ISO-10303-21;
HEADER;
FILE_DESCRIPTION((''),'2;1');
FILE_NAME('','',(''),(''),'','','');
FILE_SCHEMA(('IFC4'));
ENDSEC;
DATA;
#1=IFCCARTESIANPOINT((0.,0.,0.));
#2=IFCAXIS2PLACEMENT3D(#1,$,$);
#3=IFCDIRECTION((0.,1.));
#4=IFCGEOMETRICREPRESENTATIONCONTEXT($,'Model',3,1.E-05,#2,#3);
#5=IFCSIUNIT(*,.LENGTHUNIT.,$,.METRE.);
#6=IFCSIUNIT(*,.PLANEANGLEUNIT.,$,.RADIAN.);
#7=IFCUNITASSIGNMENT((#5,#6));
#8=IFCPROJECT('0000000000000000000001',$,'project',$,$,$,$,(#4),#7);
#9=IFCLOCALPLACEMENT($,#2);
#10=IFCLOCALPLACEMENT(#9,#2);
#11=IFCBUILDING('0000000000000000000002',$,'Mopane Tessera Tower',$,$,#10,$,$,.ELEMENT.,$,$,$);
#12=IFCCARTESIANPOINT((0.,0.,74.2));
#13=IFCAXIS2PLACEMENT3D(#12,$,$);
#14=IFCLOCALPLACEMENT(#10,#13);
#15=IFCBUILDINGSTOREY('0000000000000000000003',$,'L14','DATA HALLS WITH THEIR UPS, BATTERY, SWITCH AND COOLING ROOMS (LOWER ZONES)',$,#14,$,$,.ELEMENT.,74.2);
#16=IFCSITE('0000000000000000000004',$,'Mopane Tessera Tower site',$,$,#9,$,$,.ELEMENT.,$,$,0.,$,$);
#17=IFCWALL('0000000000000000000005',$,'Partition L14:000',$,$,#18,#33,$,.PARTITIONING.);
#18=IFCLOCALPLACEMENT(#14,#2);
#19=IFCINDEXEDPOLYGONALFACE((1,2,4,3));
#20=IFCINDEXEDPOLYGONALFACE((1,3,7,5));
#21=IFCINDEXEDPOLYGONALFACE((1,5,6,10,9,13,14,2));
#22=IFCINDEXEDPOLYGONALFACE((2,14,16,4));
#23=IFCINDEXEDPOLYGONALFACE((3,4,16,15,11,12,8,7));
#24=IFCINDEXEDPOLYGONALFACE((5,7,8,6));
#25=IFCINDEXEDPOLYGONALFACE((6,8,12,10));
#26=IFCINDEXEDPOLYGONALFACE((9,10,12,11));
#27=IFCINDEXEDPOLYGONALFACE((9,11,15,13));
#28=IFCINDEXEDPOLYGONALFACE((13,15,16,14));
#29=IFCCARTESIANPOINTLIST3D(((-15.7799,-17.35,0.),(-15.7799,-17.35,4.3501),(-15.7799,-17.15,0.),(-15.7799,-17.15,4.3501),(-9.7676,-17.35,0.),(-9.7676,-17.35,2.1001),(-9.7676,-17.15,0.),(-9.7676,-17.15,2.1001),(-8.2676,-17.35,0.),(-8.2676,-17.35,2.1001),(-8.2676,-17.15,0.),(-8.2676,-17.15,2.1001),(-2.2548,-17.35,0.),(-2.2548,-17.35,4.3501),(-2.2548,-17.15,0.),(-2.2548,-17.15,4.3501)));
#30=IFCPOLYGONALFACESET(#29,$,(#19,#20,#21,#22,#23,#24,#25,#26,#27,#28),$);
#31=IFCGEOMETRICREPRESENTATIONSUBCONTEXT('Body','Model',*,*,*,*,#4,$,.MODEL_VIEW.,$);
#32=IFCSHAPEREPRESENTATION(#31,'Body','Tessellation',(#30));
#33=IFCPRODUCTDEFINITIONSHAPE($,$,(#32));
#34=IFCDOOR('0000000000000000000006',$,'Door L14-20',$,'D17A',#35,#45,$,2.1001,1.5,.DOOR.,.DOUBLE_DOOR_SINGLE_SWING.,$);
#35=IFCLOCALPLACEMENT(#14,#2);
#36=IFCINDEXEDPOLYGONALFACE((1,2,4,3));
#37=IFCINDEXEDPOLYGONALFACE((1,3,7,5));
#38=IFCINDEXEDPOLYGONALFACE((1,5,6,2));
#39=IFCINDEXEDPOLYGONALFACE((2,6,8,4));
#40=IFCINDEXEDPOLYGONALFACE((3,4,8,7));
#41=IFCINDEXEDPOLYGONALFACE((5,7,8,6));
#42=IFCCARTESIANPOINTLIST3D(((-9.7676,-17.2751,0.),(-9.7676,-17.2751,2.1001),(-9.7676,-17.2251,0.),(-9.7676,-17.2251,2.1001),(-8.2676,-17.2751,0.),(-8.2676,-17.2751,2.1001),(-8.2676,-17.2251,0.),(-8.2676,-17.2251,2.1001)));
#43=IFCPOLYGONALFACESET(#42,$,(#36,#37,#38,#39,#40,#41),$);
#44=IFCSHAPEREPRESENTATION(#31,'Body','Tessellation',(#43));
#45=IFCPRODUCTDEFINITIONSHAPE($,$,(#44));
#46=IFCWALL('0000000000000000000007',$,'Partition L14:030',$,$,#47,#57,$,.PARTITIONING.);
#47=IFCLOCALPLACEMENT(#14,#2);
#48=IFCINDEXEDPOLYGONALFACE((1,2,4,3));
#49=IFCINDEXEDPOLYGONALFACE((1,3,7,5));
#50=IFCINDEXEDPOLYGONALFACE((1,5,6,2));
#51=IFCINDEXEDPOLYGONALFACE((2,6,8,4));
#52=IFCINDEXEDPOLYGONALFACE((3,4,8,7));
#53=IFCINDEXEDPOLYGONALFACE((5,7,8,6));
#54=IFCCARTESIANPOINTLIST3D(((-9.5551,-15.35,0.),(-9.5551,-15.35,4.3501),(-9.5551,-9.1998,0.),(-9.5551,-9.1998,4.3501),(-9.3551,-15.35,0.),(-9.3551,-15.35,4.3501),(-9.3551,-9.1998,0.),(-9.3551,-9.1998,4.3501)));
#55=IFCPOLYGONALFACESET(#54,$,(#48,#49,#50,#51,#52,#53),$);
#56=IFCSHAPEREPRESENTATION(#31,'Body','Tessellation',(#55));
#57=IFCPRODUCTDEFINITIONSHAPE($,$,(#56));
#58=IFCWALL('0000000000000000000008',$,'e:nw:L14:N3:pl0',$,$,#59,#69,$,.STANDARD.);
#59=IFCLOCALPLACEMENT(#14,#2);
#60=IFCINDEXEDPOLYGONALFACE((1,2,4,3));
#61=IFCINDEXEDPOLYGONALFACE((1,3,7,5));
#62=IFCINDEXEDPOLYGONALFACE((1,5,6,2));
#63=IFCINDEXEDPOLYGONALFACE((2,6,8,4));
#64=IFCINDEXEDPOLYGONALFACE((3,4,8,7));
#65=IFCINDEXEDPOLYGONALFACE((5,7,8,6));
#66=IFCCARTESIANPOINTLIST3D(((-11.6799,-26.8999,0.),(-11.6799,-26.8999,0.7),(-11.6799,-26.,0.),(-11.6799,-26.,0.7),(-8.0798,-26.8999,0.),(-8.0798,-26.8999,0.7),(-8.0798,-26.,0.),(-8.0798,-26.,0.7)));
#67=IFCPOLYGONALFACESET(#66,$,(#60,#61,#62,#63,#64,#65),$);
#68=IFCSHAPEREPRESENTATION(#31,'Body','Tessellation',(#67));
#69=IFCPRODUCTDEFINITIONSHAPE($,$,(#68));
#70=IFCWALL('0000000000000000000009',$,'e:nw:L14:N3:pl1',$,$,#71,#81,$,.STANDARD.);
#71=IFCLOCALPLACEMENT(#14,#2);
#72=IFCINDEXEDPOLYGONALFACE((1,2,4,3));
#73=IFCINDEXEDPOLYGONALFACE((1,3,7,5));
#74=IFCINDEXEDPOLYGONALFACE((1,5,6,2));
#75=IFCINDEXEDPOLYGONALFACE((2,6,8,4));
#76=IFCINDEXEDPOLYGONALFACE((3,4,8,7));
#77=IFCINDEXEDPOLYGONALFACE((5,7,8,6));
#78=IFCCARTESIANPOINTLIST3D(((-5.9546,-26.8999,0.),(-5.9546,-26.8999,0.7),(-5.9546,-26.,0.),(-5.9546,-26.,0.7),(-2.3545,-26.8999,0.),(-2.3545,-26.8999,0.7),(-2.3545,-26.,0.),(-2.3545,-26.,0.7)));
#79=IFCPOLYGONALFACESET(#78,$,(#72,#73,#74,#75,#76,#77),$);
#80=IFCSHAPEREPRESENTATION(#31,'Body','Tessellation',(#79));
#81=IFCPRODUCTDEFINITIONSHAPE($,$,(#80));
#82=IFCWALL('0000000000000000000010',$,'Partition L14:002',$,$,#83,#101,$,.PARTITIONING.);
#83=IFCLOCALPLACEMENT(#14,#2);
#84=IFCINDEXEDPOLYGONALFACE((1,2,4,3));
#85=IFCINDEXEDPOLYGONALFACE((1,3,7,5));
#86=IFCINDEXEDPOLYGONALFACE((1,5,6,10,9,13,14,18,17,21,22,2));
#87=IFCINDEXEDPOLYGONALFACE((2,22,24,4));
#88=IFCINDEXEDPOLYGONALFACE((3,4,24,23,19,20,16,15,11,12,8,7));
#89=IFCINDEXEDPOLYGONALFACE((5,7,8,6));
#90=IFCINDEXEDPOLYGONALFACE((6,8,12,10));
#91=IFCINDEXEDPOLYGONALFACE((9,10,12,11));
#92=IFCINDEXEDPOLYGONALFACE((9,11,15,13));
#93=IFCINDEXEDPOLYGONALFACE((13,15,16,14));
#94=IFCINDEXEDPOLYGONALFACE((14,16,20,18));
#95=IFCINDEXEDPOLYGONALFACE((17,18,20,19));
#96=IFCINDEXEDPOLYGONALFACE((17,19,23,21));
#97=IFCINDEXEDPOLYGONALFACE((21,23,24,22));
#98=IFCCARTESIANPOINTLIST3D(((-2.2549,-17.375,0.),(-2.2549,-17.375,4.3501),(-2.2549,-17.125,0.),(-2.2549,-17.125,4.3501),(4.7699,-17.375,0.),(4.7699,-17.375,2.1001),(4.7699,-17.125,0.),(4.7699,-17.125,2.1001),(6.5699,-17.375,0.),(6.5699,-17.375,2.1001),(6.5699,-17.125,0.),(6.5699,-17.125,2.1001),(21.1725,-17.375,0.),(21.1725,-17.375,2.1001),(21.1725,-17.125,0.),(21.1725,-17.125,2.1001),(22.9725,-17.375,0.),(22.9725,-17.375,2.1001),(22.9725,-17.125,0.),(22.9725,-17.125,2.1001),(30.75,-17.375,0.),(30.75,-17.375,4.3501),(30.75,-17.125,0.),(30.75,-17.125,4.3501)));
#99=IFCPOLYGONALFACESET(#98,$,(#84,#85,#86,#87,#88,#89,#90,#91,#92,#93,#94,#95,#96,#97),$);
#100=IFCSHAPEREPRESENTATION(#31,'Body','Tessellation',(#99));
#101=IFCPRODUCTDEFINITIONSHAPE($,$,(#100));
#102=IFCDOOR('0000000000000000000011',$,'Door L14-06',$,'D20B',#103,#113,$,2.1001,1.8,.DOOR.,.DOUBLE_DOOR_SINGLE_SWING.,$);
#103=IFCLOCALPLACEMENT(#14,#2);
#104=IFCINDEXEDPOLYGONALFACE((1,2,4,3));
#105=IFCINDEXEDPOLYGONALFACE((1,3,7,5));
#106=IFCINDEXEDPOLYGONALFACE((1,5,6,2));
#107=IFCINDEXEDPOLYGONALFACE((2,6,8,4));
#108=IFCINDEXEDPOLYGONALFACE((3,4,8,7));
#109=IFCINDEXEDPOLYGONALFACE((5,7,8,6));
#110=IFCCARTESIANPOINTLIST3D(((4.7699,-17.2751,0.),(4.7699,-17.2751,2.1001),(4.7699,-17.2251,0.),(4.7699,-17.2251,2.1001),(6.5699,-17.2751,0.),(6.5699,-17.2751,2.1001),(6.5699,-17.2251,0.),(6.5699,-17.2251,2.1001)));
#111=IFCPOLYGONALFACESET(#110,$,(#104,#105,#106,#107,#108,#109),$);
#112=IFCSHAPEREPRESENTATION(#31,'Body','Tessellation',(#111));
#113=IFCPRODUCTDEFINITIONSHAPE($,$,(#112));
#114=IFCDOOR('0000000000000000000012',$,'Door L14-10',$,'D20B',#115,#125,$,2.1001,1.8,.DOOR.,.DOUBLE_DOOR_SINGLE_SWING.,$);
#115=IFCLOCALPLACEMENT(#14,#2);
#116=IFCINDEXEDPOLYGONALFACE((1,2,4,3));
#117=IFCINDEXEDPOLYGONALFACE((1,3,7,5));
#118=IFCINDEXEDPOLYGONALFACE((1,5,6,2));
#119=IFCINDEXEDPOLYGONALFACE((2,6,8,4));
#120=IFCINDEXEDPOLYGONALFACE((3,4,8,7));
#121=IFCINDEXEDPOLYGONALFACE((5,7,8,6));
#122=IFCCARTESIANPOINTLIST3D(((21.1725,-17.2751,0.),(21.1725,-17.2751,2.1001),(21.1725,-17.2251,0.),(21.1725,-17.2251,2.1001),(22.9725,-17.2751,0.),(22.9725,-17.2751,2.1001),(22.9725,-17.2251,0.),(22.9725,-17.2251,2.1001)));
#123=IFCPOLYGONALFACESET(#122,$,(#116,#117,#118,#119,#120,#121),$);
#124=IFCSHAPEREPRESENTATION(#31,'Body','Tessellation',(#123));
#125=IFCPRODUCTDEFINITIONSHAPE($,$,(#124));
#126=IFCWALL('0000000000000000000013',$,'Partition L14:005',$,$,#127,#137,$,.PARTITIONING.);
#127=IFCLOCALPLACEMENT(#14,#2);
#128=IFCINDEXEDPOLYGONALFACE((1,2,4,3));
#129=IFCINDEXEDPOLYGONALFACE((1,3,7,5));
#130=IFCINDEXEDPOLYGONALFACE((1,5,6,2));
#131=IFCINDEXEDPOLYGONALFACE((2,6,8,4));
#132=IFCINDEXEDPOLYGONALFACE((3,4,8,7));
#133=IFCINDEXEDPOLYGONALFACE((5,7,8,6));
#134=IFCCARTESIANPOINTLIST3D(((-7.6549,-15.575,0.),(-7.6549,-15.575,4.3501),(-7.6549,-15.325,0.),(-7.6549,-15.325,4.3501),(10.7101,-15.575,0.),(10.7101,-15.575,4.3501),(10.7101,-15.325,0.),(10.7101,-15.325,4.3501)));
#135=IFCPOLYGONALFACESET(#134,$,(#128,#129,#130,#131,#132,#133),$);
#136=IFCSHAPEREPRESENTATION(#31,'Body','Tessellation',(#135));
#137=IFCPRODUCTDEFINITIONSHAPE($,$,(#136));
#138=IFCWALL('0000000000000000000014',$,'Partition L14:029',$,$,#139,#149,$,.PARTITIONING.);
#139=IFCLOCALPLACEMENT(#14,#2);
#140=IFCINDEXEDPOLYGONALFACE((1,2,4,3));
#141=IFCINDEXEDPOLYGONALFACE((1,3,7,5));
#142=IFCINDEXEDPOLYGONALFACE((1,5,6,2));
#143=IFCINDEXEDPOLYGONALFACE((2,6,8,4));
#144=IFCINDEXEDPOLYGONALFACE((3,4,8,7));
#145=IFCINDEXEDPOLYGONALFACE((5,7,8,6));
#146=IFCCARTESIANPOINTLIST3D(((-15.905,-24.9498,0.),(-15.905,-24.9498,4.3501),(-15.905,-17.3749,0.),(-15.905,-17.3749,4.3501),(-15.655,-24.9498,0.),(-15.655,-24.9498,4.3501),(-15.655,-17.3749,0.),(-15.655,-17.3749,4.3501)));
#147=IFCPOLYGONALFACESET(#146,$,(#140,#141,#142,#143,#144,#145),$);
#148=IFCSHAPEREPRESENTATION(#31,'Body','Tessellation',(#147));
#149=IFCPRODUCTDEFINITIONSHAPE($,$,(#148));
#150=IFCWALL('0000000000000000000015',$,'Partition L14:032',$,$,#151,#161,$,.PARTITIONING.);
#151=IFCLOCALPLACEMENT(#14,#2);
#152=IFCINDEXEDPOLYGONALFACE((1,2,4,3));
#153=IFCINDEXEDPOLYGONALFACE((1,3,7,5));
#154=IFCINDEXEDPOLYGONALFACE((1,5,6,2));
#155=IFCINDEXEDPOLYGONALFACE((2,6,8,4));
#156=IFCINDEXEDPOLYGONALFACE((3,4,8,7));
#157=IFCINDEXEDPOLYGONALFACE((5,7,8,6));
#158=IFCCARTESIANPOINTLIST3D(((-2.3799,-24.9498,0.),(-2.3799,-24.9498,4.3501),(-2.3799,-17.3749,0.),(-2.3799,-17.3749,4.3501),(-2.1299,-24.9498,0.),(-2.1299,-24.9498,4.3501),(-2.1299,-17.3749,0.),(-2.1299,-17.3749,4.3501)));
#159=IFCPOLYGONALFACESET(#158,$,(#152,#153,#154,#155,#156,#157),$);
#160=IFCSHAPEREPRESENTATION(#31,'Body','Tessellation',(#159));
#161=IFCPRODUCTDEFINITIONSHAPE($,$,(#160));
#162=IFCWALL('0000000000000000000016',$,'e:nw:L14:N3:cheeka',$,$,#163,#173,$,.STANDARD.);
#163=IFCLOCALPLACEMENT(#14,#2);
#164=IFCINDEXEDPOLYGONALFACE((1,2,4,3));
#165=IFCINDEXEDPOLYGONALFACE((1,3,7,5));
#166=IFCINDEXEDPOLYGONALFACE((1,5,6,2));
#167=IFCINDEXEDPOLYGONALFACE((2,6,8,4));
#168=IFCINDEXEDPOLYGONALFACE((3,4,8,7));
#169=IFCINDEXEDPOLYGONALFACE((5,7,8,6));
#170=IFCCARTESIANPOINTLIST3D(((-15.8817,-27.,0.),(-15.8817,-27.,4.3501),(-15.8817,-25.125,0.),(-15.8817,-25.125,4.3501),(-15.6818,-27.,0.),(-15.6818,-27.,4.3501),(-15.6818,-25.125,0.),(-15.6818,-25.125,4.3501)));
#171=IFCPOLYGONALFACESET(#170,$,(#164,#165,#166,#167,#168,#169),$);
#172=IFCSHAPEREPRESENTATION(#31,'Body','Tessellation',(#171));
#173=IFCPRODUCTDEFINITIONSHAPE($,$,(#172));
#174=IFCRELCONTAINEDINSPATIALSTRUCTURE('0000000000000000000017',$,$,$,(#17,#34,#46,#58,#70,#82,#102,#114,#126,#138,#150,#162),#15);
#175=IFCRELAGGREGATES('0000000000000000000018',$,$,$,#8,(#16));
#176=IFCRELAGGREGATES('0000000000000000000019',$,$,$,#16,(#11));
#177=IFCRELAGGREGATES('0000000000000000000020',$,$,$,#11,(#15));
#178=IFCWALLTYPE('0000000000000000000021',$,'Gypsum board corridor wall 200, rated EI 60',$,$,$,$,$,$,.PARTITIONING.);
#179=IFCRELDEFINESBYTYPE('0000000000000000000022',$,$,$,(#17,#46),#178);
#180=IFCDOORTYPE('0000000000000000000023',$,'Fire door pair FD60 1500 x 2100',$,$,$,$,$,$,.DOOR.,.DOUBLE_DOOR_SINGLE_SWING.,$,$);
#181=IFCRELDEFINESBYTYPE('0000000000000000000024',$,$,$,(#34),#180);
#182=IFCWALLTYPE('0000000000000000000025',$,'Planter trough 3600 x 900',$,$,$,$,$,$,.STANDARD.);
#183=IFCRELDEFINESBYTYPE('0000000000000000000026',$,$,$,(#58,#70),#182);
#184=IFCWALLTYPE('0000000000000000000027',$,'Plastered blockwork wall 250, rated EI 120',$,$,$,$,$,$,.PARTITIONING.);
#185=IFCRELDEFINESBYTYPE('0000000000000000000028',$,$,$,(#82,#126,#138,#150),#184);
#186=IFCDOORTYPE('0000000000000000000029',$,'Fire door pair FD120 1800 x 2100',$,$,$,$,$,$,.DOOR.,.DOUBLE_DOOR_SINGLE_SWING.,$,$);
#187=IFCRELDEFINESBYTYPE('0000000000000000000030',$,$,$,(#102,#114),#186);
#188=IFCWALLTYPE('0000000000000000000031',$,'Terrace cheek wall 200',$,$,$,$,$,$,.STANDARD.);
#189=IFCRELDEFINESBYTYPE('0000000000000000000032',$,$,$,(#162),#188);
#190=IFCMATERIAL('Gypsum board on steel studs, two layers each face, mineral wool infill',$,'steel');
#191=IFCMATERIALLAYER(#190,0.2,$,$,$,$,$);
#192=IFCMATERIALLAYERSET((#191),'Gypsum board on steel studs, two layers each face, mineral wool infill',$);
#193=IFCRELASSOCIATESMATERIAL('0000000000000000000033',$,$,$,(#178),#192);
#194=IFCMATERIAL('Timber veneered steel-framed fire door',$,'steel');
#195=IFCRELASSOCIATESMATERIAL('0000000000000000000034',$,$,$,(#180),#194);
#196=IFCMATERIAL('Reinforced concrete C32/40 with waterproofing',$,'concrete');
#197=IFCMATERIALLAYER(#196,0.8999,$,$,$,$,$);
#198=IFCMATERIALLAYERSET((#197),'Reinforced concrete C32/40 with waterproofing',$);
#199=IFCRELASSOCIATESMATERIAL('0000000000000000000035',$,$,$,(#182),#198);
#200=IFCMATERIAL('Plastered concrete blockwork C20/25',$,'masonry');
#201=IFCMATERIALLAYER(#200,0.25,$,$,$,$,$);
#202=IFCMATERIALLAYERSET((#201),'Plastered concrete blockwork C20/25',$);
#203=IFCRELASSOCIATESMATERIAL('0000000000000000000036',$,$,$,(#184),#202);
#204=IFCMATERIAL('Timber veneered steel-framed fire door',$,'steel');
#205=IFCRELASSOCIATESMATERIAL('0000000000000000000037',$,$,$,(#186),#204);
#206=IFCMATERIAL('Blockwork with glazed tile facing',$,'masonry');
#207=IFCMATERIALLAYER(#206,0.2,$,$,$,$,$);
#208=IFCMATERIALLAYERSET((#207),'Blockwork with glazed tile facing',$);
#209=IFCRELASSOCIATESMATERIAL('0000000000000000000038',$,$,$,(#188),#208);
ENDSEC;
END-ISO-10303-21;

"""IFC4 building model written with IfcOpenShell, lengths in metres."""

from ifc_helpers import new_model, si_unit, direction, frame, frame_2d, origin, place, context, subcontext, project, spatial, rectangle, extrude, material, layer, layer_set, type_object, element, fill, save


model = new_model("IFC4")

# Units and contexts
model_context = context("Model", 3, precision=1e-05, world=origin(), true_north=direction((0.0, 1.0)))
body_context = subcontext(model_context, "Body", "Model", "MODEL_VIEW")
ifc_project = project(units=[si_unit("LENGTHUNIT", "METRE"), si_unit("PLANEANGLEUNIT", "RADIAN")], contexts=[model_context])

# Site, building, storey
site_placement = place(None, origin())
site = spatial("IfcSite", under=ifc_project, at=site_placement, Name="Mopane Tessera Tower site", CompositionType="ELEMENT", RefElevation=0.0)
building_placement = place(site_placement, origin())
building = spatial("IfcBuilding", under=site, at=building_placement, Name="Mopane Tessera Tower", CompositionType="ELEMENT")
storey_placement = place(building_placement, frame((0.0, 0.0, 74.2)))
storey = spatial("IfcBuildingStorey", under=building, at=storey_placement, Name="L14", Description="DATA HALLS WITH THEIR UPS, BATTERY, SWITCH AND COOLING ROOMS (LOWER ZONES)", CompositionType="ELEMENT", Elevation=74.2)

# Wall, opening, door
ifc_material_1 = material(Name="Gypsum board on steel studs, two layers each face, mineral wool infill", Category="steel")
ifc_layer_1 = layer(ifc_material_1, 0.2)
ifc_layer_set_1 = layer_set([ifc_layer_1], Name="Gypsum board on steel studs, two layers each face, mineral wool infill")
wall_type_1 = type_object("IfcWallType", Name="Gypsum board corridor wall 200, rated EI 60", PredefinedType="PARTITIONING", material=ifc_layer_set_1)
wall_1_placement = place(storey_placement, frame((-15.78, -17.25, 0.0), z_axis=(0.0, 0.0, 1.0), x_axis=(1.0, 0.0, 0.0)))
wall_1 = element("IfcWall", 1, at=wall_1_placement, inside=storey, type_object=wall_type_1, Name="Partition L14:000", PredefinedType="PARTITIONING", context=body_context, shape_type="SweptSolid", body=[
    extrude(rectangle(XDim=13.5251, YDim=0.2, at=frame_2d((6.7627, 0.0))), origin(), (0.0, 0.0, 1.0), 4.3501),
])
opening_1_placement = place(wall_1_placement, frame((6.0125, 0.0, 0.0)))
opening_1 = element("IfcOpeningElement", 2, at=opening_1_placement, cuts=wall_1, PredefinedType="OPENING", context=body_context, shape_type="SweptSolid", body=[
    extrude(rectangle(XDim=1.5, YDim=2.1001, at=frame_2d((0.75, 1.05))), frame((0.0, 0.1121, 0.0), z_axis=(0.0, -1.0, 0.0), x_axis=(1.0, 0.0, 0.0)), (0.0, 0.0, 1.0), 0.2239),
])
ifc_material_2 = material(Name="Timber veneered steel-framed fire door", Category="steel")
door_type_1 = type_object("IfcDoorType", Name="Fire door pair FD60 1500 x 2100", OperationType="DOUBLE_DOOR_SINGLE_SWING", PredefinedType="DOOR", material=ifc_material_2)
door_1_placement = place(opening_1_placement, origin())
door_1 = element("IfcDoor", 3, at=door_1_placement, inside=storey, type_object=door_type_1, Name="Door L14-20", ObjectType="D17A", OperationType="DOUBLE_DOOR_SINGLE_SWING", OverallHeight=2.1001, OverallWidth=1.5, PredefinedType="DOOR", context=body_context, shape_type="SweptSolid", body=[
    extrude(rectangle(XDim=1.5, YDim=2.1001, at=frame_2d((0.75, 1.05))), frame((0.0, 0.0249, 0.0), z_axis=(0.0, -1.0, 0.0), x_axis=(1.0, 0.0, 0.0)), (0.0, 0.0, 1.0), 0.05),
])
fill(opening_1, door_1)

# Walls
wall_2_placement = place(storey_placement, frame((-9.4551, -15.3501, 0.0), z_axis=(0.0, 0.0, 1.0), x_axis=(0.0, 1.0, 0.0)))
element("IfcWall", 4, at=wall_2_placement, inside=storey, type_object=wall_type_1, Name="Partition L14:030", PredefinedType="PARTITIONING", context=body_context, shape_type="SweptSolid", body=[
    extrude(rectangle(XDim=6.1501, YDim=0.2, at=frame_2d((3.0752, 0.0))), origin(), (0.0, 0.0, 1.0), 4.3501),
])
ifc_material_3 = material(Name="Reinforced concrete C32/40 with waterproofing", Category="concrete")
ifc_layer_2 = layer(ifc_material_3, 0.8999)
ifc_layer_set_2 = layer_set([ifc_layer_2], Name="Reinforced concrete C32/40 with waterproofing")
wall_type_2 = type_object("IfcWallType", Name="Planter trough 3600 x 900", PredefinedType="STANDARD", material=ifc_layer_set_2)
for number, where, z_axis, x_axis, name in (
    (5, (-11.6799, -26.45, 0.0), (0.0, 0.0, 1.0), (1.0, 0.0, 0.0), "e:nw:L14:N3:pl0"),
    (6, (-5.9546, -26.45, 0.0), (0.0, 0.0, 1.0), (1.0, 0.0, 0.0), "e:nw:L14:N3:pl1"),
):
    element("IfcWall", number, at=place(storey_placement, frame(where, z_axis=z_axis, x_axis=x_axis)), inside=storey, type_object=wall_type_2, Name=name, PredefinedType="STANDARD", context=body_context, shape_type="SweptSolid", body=[
        extrude(rectangle(XDim=3.6001, YDim=0.8999, at=frame_2d((1.8, 0.0))), origin(), (0.0, 0.0, 1.0), 0.7),
    ])

# Wall, openings, doors
ifc_material_4 = material(Name="Plastered concrete blockwork C20/25", Category="masonry")
ifc_layer_3 = layer(ifc_material_4, 0.25)
ifc_layer_set_3 = layer_set([ifc_layer_3], Name="Plastered concrete blockwork C20/25")
wall_type_3 = type_object("IfcWallType", Name="Plastered blockwork wall 250, rated EI 120", PredefinedType="PARTITIONING", material=ifc_layer_set_3)
wall_3_placement = place(storey_placement, frame((-2.2549, -17.25, 0.0), z_axis=(0.0, 0.0, 1.0), x_axis=(1.0, 0.0, 0.0)))
wall_3 = element("IfcWall", 7, at=wall_3_placement, inside=storey, type_object=wall_type_3, Name="Partition L14:002", PredefinedType="PARTITIONING", context=body_context, shape_type="SweptSolid", body=[
    extrude(rectangle(XDim=33.0049, YDim=0.25, at=frame_2d((16.5024, 0.0))), origin(), (0.0, 0.0, 1.0), 4.3501),
])
opening_2_placement = place(wall_3_placement, frame((7.0249, 0.0, 0.0)))
opening_2 = element("IfcOpeningElement", 8, at=opening_2_placement, cuts=wall_3, PredefinedType="OPENING", context=body_context, shape_type="SweptSolid", body=[
    extrude(rectangle(XDim=1.8, YDim=2.1001, at=frame_2d((0.8999, 1.05))), frame((0.0, 0.137, 0.0), z_axis=(0.0, -1.0, 0.0), x_axis=(1.0, 0.0, 0.0)), (0.0, 0.0, 1.0), 0.2739),
])
opening_3_placement = place(wall_3_placement, frame((23.4275, 0.0, 0.0)))
opening_3 = element("IfcOpeningElement", 9, at=opening_3_placement, cuts=wall_3, PredefinedType="OPENING", context=body_context, shape_type="SweptSolid", body=[
    extrude(rectangle(XDim=1.8, YDim=2.1001, at=frame_2d((0.8999, 1.05))), frame((0.0, 0.137, 0.0), z_axis=(0.0, -1.0, 0.0), x_axis=(1.0, 0.0, 0.0)), (0.0, 0.0, 1.0), 0.2739),
])
ifc_material_5 = material(Name="Timber veneered steel-framed fire door", Category="steel")
door_type_2 = type_object("IfcDoorType", Name="Fire door pair FD120 1800 x 2100", OperationType="DOUBLE_DOOR_SINGLE_SWING", PredefinedType="DOOR", material=ifc_material_5)
door_2_placement = place(opening_2_placement, origin())
door_2 = element("IfcDoor", 10, at=door_2_placement, inside=storey, type_object=door_type_2, Name="Door L14-06", ObjectType="D20B", OperationType="DOUBLE_DOOR_SINGLE_SWING", OverallHeight=2.1001, OverallWidth=1.8, PredefinedType="DOOR", context=body_context, shape_type="SweptSolid", body=[
    extrude(rectangle(XDim=1.8, YDim=2.1001, at=frame_2d((0.8999, 1.05))), frame((0.0, 0.0249, 0.0), z_axis=(0.0, -1.0, 0.0), x_axis=(1.0, 0.0, 0.0)), (0.0, 0.0, 1.0), 0.05),
])
fill(opening_2, door_2)
door_3_placement = place(opening_3_placement, origin())
door_3 = element("IfcDoor", 11, at=door_3_placement, inside=storey, type_object=door_type_2, Name="Door L14-10", ObjectType="D20B", OperationType="DOUBLE_DOOR_SINGLE_SWING", OverallHeight=2.1001, OverallWidth=1.8, PredefinedType="DOOR", context=body_context, shape_type="SweptSolid", body=[
    extrude(rectangle(XDim=1.8, YDim=2.1001, at=frame_2d((0.8999, 1.05))), frame((0.0, 0.0249, 0.0), z_axis=(0.0, -1.0, 0.0), x_axis=(1.0, 0.0, 0.0)), (0.0, 0.0, 1.0), 0.05),
])
fill(opening_3, door_3)

# Walls
wall_4_placement = place(storey_placement, frame((-7.655, -15.45, 0.0), z_axis=(0.0, 0.0, 1.0), x_axis=(1.0, 0.0, 0.0)))
element("IfcWall", 12, at=wall_4_placement, inside=storey, type_object=wall_type_3, Name="Partition L14:005", PredefinedType="PARTITIONING", context=body_context, shape_type="SweptSolid", body=[
    extrude(rectangle(XDim=18.365, YDim=0.25, at=frame_2d((9.1826, 0.0))), origin(), (0.0, 0.0, 1.0), 4.3501),
])
for number, where, z_axis, x_axis, name in (
    (13, (-15.78, -24.95, 0.0), (0.0, 0.0, 1.0), (0.0, 1.0, 0.0), "Partition L14:029"),
    (14, (-2.2549, -24.95, 0.0), (0.0, 0.0, 1.0), (0.0, 1.0, 0.0), "Partition L14:032"),
):
    element("IfcWall", number, at=place(storey_placement, frame(where, z_axis=z_axis, x_axis=x_axis)), inside=storey, type_object=wall_type_3, Name=name, PredefinedType="PARTITIONING", context=body_context, shape_type="SweptSolid", body=[
        extrude(rectangle(XDim=7.575, YDim=0.25, at=frame_2d((3.7876, 0.0))), origin(), (0.0, 0.0, 1.0), 4.3501),
    ])
ifc_material_6 = material(Name="Blockwork with glazed tile facing", Category="masonry")
ifc_layer_4 = layer(ifc_material_6, 0.2)
ifc_layer_set_4 = layer_set([ifc_layer_4], Name="Blockwork with glazed tile facing")
wall_type_4 = type_object("IfcWallType", Name="Terrace cheek wall 200", PredefinedType="STANDARD", material=ifc_layer_set_4)
for number, where, z_axis, x_axis, name in (
    (15, (-15.7817, -27.0, 0.0), (0.0, 0.0, 1.0), (0.0, 1.0, 0.0), "e:nw:L14:N3:cheeka"),
):
    element("IfcWall", number, at=place(storey_placement, frame(where, z_axis=z_axis, x_axis=x_axis)), inside=storey, type_object=wall_type_4, Name=name, PredefinedType="STANDARD", context=body_context, shape_type="SweptSolid", body=[
        extrude(rectangle(XDim=1.875, YDim=0.2, at=frame_2d((0.9375, 0.0))), origin(), (0.0, 0.0, 1.0), 4.3501),
    ])

save(model, "model.ifc")
